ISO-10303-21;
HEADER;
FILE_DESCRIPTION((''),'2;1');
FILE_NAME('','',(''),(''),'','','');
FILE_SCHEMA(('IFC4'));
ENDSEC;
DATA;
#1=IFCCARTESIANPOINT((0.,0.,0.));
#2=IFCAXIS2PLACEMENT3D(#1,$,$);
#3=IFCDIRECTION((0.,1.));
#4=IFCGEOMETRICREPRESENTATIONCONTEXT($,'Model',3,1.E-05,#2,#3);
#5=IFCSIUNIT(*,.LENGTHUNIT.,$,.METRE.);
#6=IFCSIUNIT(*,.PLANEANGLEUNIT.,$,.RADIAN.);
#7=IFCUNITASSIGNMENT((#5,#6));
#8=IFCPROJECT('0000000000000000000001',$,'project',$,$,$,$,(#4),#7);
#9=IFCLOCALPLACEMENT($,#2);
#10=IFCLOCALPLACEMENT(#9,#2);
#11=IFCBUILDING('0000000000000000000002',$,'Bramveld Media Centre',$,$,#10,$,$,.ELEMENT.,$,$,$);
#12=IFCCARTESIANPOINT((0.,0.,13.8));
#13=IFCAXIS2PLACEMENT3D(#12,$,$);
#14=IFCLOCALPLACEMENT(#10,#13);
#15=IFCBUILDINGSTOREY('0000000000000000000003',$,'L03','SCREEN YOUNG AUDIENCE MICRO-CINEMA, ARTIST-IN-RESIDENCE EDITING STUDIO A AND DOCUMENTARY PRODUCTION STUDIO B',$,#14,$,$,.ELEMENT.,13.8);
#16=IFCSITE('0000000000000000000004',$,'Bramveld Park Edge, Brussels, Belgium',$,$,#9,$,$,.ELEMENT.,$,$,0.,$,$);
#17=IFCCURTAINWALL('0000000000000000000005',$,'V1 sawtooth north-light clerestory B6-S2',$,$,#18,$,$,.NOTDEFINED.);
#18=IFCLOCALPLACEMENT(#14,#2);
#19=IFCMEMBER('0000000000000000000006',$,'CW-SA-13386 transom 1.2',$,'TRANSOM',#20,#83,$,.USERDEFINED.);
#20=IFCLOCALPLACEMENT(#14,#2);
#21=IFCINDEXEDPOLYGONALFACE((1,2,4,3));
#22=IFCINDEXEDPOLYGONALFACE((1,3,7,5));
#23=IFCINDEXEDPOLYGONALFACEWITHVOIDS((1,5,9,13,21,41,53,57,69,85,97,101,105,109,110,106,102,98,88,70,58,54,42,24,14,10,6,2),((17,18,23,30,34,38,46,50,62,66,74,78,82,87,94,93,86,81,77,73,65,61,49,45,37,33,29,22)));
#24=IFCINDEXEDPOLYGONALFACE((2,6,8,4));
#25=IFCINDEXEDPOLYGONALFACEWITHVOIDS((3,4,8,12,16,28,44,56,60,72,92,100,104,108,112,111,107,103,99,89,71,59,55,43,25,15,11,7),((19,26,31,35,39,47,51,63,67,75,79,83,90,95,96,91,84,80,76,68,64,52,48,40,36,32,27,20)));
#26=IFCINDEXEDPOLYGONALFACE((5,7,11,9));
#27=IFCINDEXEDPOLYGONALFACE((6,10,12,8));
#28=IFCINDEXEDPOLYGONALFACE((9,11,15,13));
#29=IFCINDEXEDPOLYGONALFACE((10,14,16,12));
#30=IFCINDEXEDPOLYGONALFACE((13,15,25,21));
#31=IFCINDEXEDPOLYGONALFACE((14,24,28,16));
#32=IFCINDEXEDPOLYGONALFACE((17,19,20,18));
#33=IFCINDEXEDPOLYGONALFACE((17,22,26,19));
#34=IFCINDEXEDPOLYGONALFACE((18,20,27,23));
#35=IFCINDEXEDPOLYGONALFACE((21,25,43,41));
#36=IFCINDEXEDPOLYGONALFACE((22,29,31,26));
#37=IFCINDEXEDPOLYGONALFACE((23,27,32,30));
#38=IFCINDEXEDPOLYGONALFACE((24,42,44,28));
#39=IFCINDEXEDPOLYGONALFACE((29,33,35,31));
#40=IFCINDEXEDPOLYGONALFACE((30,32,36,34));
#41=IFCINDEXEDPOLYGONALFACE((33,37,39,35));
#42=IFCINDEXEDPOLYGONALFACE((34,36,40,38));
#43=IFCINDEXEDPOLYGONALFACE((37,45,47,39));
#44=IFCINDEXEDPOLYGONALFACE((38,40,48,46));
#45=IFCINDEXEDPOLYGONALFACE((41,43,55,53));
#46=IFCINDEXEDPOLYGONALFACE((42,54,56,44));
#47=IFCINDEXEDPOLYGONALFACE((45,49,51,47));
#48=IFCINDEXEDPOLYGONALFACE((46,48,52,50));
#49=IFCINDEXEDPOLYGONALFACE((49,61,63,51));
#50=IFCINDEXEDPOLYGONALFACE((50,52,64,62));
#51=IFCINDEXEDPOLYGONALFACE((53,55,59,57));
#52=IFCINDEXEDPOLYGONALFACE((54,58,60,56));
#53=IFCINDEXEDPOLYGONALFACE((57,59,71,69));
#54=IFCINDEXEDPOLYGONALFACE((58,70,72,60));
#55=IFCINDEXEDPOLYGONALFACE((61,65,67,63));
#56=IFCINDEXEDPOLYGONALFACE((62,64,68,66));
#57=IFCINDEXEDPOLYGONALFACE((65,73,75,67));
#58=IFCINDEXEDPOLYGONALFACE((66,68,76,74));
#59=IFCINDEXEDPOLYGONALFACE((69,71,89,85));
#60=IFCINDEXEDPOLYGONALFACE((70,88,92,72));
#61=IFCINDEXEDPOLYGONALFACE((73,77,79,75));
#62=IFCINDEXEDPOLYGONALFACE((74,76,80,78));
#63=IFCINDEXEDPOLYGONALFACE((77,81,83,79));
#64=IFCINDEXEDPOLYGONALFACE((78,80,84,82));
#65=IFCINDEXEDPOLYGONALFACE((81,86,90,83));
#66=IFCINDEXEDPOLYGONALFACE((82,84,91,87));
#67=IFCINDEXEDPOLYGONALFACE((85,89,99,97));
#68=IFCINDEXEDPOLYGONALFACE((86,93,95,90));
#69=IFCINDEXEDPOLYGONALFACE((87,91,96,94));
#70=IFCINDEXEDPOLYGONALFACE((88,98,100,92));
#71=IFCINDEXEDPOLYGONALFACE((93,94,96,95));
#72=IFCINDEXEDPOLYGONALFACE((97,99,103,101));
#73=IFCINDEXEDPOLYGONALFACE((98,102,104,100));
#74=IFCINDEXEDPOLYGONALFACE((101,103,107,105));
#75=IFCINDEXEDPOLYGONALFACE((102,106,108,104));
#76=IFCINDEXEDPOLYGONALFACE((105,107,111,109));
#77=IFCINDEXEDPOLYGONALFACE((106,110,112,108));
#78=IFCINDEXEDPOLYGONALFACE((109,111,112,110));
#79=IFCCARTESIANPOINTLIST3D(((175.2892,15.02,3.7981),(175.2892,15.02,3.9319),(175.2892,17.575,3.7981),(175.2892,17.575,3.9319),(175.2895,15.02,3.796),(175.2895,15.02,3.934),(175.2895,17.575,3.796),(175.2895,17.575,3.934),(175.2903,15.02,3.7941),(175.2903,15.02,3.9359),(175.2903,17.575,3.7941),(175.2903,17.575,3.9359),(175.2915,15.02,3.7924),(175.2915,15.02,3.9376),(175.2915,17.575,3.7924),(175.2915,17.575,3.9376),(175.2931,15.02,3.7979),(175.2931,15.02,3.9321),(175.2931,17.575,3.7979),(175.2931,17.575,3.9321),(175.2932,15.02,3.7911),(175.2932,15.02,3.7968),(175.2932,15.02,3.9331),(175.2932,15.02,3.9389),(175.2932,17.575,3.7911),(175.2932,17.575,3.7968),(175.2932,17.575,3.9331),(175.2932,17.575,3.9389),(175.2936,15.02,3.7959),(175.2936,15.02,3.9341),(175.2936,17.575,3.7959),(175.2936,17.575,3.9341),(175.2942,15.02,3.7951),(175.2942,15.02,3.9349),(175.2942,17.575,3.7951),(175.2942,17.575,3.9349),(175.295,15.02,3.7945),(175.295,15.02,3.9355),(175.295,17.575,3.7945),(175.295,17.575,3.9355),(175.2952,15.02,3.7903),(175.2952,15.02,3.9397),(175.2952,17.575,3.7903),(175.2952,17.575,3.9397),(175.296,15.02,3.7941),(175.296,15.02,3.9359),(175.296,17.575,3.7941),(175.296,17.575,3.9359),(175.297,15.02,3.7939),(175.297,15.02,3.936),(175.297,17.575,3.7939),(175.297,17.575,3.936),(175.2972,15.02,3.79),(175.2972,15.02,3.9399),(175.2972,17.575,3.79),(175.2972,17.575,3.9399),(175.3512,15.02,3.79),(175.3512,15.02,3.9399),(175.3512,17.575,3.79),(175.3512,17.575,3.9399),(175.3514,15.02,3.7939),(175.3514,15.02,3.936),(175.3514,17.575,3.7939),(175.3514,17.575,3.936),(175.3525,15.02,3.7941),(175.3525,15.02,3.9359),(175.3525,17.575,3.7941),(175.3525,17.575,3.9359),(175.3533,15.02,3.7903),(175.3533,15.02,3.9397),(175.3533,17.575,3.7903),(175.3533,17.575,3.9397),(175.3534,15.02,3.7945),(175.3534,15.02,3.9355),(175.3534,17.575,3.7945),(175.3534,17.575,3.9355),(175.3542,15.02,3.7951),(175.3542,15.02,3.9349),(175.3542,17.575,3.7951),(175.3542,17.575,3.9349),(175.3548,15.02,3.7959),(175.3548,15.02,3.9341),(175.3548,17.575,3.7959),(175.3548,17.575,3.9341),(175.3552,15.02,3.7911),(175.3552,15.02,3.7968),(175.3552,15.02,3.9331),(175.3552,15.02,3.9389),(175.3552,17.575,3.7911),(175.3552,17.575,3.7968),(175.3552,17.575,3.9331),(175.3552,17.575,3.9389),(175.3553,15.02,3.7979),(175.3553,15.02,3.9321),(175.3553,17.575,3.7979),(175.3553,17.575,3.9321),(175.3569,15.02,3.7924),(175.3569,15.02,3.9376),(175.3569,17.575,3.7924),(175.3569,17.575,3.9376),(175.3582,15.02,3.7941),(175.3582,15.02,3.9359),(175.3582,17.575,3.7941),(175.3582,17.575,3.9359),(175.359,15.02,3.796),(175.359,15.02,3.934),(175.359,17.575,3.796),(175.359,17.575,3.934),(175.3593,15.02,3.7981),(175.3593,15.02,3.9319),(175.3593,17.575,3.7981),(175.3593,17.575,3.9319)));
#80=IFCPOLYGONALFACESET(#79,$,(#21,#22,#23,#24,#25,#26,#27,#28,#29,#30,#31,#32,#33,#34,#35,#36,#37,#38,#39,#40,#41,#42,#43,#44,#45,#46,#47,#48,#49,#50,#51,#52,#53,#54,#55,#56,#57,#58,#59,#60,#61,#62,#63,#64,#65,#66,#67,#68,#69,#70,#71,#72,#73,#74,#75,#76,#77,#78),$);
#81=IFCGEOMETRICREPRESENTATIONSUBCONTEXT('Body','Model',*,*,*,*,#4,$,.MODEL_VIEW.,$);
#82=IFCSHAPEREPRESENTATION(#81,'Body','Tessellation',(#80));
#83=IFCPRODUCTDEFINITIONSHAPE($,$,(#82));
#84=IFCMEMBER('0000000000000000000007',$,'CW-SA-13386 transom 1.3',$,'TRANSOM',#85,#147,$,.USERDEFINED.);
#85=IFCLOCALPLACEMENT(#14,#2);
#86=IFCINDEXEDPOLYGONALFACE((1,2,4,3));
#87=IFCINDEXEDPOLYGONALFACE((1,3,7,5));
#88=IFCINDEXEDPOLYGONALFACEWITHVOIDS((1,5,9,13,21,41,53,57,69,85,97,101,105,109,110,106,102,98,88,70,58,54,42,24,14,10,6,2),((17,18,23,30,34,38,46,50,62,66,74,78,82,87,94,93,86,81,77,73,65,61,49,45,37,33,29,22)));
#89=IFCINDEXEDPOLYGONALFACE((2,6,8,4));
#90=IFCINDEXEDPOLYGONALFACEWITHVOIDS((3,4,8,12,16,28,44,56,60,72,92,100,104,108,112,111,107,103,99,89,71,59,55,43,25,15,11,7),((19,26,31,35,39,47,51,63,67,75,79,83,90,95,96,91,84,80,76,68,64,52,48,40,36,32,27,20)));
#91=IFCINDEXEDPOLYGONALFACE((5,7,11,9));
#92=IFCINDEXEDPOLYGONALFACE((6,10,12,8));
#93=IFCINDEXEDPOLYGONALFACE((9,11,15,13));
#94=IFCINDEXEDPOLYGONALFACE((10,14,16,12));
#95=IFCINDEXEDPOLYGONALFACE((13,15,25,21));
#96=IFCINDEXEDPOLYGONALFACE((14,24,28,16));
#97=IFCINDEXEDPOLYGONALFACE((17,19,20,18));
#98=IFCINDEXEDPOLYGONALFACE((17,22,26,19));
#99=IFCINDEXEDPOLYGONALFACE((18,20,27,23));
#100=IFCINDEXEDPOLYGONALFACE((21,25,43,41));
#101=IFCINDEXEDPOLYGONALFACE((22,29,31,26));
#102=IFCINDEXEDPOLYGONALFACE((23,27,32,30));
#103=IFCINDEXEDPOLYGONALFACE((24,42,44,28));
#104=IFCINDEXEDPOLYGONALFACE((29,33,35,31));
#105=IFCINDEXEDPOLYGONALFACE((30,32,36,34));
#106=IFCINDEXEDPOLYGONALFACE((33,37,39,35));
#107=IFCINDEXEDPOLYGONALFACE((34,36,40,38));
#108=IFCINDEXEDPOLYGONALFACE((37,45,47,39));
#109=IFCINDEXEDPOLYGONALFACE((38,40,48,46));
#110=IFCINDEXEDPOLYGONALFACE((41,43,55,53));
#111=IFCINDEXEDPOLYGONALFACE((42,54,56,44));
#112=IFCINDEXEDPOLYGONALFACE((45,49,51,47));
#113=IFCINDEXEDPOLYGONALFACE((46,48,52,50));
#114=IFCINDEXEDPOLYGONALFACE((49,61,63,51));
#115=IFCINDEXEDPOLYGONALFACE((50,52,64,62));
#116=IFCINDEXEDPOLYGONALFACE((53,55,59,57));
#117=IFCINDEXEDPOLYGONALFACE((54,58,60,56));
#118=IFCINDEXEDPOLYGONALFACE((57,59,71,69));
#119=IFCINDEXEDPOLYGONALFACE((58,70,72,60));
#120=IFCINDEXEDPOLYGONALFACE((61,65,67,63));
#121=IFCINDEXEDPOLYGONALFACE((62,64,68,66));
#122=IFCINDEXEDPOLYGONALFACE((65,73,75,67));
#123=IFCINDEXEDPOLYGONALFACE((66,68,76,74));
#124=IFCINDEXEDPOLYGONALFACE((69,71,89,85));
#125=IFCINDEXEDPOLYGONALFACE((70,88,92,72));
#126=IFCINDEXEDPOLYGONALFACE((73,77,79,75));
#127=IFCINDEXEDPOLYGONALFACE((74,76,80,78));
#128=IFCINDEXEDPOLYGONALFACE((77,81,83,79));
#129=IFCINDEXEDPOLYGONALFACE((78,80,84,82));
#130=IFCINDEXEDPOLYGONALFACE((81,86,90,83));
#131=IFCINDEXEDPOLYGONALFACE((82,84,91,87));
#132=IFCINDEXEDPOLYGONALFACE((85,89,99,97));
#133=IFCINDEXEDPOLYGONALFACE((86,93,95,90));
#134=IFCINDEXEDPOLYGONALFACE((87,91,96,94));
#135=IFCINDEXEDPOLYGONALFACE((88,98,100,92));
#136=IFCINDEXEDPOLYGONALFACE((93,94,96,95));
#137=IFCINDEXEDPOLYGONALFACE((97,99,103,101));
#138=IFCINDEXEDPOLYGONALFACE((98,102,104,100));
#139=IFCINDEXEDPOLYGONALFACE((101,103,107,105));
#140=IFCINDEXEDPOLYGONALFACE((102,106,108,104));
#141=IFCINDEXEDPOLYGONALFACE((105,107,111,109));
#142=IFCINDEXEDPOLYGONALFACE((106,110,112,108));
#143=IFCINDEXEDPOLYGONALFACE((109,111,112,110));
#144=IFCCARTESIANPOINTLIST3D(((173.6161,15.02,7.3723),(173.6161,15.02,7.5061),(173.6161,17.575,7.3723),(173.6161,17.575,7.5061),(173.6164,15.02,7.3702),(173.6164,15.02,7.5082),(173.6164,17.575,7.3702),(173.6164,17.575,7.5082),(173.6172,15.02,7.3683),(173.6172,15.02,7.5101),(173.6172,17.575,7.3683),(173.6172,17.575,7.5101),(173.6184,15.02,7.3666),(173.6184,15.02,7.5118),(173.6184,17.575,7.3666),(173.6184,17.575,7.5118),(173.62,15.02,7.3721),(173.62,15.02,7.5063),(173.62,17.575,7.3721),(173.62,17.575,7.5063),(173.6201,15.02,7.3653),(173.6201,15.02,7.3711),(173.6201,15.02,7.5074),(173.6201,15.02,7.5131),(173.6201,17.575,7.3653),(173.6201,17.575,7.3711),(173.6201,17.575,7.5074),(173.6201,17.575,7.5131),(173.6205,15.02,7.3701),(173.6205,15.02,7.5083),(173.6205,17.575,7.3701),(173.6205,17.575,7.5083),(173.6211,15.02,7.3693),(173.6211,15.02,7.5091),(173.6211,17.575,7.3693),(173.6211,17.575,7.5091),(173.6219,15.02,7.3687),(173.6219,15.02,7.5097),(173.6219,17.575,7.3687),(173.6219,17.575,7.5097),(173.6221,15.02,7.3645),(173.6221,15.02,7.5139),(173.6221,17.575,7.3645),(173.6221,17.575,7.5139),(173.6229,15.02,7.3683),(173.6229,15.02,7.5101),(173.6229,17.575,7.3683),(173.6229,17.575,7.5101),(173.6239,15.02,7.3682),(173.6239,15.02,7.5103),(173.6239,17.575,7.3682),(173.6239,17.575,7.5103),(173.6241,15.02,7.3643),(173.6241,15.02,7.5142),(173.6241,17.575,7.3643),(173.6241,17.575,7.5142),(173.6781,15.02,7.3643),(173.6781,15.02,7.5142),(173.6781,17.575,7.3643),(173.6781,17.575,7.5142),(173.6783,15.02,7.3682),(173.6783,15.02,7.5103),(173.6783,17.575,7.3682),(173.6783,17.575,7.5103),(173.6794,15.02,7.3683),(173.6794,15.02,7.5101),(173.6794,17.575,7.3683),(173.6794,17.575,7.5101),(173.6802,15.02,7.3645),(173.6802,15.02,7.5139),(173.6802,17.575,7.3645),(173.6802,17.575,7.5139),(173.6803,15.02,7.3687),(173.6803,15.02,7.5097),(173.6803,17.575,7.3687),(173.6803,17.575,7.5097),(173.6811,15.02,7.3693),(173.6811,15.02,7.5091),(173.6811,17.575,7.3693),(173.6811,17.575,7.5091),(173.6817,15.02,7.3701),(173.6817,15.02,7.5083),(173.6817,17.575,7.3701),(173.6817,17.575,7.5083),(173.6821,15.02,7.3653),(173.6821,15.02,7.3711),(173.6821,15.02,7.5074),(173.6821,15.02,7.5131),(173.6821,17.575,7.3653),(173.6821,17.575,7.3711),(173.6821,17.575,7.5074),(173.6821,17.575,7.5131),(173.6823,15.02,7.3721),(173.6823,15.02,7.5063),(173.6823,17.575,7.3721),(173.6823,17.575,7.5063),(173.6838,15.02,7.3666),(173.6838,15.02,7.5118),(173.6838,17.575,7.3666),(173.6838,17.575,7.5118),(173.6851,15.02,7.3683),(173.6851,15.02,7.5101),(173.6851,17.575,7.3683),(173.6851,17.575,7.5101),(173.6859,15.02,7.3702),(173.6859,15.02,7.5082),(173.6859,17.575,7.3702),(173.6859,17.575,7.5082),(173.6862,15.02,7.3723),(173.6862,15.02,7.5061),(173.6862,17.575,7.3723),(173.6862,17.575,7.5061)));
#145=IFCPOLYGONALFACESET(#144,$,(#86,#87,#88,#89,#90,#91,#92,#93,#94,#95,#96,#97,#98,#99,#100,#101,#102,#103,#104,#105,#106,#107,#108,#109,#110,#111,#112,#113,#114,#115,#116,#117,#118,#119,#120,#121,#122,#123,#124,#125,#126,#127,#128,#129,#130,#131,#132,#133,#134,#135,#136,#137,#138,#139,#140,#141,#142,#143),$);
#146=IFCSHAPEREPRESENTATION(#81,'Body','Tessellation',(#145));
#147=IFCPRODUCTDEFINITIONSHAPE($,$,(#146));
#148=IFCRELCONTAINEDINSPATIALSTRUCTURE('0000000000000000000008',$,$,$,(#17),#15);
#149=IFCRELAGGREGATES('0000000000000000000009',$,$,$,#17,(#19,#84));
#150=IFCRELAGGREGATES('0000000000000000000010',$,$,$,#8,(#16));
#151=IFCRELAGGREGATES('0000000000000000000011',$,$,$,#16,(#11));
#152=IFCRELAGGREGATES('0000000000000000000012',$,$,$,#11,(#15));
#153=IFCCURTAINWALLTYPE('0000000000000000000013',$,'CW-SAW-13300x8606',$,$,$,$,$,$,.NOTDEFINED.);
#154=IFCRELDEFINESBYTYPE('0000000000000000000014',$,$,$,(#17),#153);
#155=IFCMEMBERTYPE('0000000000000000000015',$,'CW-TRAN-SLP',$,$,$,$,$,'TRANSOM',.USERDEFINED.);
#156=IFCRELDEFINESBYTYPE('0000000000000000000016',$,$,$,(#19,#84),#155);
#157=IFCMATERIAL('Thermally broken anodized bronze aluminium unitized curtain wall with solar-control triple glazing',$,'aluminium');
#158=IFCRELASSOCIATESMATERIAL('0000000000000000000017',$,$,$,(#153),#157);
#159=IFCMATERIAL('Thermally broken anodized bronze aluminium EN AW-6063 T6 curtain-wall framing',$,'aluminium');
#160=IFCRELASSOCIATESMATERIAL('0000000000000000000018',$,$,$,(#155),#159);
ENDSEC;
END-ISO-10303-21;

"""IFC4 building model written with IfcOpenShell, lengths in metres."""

from ifc_helpers import new_model, si_unit, direction, frame, origin, origin_2d, place, context, subcontext, project, spatial, hollow_rectangle, extrude, material, material_profile, profile_set, type_object, element, aggregate, save


model = new_model("IFC4")

# Units and contexts
model_context = context("Model", 3, precision=1e-05, world=origin(), true_north=direction((0.0, 1.0)))
body_context = subcontext(model_context, "Body", "Model", "MODEL_VIEW")
ifc_project = project(units=[si_unit("LENGTHUNIT", "METRE"), si_unit("PLANEANGLEUNIT", "RADIAN")], contexts=[model_context])

# Site, building, storey
site_placement = place(None, origin())
site = spatial("IfcSite", under=ifc_project, at=site_placement, Name="Bramveld Park Edge, Brussels, Belgium", CompositionType="ELEMENT", RefElevation=0.0)
building_placement = place(site_placement, origin())
building = spatial("IfcBuilding", under=site, at=building_placement, Name="Bramveld Media Centre", CompositionType="ELEMENT")
storey_placement = place(building_placement, frame((0.0, 0.0, 13.8)))
storey = spatial("IfcBuildingStorey", under=building, at=storey_placement, Name="L03", Description="SCREEN YOUNG AUDIENCE MICRO-CINEMA, ARTIST-IN-RESIDENCE EDITING STUDIO A AND DOCUMENTARY PRODUCTION STUDIO B", CompositionType="ELEMENT", Elevation=13.8)

# Curtain wall
ifc_material_1 = material(Name="Thermally broken anodized bronze aluminium unitized curtain wall with solar-control triple glazing", Category="aluminium")
curtain_wall_type = type_object("IfcCurtainWallType", Name="CW-SAW-13300x8606", PredefinedType="NOTDEFINED", material=ifc_material_1)
curtain_wall_1_placement = place(storey_placement, origin())
curtain_wall_1 = element("IfcCurtainWall", 1, at=curtain_wall_1_placement, inside=storey, type_object=curtain_wall_type, Name="V1 sawtooth north-light clerestory B6-S2", PredefinedType="NOTDEFINED")

# Members
ifc_material_2 = material(Name="Thermally broken anodized bronze aluminium EN AW-6063 T6 curtain-wall framing", Category="aluminium")
ifc_material_profile_1 = material_profile(ifc_material_2, hollow_rectangle(XDim=0.0701, YDim=0.1499, WallThickness=0.0039, InnerFilletRadius=0.0039, OuterFilletRadius=0.0081, at=origin_2d()), Name="AL-TRAN 70x150")
ifc_profile_set_1 = profile_set([ifc_material_profile_1], Name="Thermally broken anodized bronze aluminium EN AW-6063 T6 curtain-wall framing")
member_type_1 = type_object("IfcMemberType", Name="CW-TRAN-SLP", ElementType="TRANSOM", PredefinedType="USERDEFINED", material=ifc_profile_set_1)
member_1_placement = place(storey_placement, frame((175.3242, 15.02, 3.865), z_axis=(0.0, 1.0, 0.0), x_axis=(-1.0, 0.0, 0.0)))
member_1 = element("IfcMember", 2, at=member_1_placement, type_object=member_type_1, Name="CW-SA-13386 transom 1.2", ObjectType="TRANSOM", PredefinedType="USERDEFINED", context=body_context, shape_type="SweptSolid", body=[
    extrude(hollow_rectangle(XDim=0.0701, YDim=0.1499, WallThickness=0.0039, InnerFilletRadius=0.0039, OuterFilletRadius=0.0081, at=origin_2d()), origin(), (0.0, 0.0, 1.0), 2.5549),
])
member_2_placement = place(storey_placement, frame((173.6511, 15.02, 7.4392), z_axis=(0.0, 1.0, 0.0), x_axis=(-1.0, 0.0, 0.0)))
member_2 = element("IfcMember", 3, at=member_2_placement, type_object=member_type_1, Name="CW-SA-13386 transom 1.3", ObjectType="TRANSOM", PredefinedType="USERDEFINED", context=body_context, shape_type="SweptSolid", body=[
    extrude(hollow_rectangle(XDim=0.0701, YDim=0.1499, WallThickness=0.0039, InnerFilletRadius=0.0039, OuterFilletRadius=0.0081, at=origin_2d()), origin(), (0.0, 0.0, 1.0), 2.5549),
])

aggregate(curtain_wall_1, [member_1, member_2])

save(model, "model.ifc")
